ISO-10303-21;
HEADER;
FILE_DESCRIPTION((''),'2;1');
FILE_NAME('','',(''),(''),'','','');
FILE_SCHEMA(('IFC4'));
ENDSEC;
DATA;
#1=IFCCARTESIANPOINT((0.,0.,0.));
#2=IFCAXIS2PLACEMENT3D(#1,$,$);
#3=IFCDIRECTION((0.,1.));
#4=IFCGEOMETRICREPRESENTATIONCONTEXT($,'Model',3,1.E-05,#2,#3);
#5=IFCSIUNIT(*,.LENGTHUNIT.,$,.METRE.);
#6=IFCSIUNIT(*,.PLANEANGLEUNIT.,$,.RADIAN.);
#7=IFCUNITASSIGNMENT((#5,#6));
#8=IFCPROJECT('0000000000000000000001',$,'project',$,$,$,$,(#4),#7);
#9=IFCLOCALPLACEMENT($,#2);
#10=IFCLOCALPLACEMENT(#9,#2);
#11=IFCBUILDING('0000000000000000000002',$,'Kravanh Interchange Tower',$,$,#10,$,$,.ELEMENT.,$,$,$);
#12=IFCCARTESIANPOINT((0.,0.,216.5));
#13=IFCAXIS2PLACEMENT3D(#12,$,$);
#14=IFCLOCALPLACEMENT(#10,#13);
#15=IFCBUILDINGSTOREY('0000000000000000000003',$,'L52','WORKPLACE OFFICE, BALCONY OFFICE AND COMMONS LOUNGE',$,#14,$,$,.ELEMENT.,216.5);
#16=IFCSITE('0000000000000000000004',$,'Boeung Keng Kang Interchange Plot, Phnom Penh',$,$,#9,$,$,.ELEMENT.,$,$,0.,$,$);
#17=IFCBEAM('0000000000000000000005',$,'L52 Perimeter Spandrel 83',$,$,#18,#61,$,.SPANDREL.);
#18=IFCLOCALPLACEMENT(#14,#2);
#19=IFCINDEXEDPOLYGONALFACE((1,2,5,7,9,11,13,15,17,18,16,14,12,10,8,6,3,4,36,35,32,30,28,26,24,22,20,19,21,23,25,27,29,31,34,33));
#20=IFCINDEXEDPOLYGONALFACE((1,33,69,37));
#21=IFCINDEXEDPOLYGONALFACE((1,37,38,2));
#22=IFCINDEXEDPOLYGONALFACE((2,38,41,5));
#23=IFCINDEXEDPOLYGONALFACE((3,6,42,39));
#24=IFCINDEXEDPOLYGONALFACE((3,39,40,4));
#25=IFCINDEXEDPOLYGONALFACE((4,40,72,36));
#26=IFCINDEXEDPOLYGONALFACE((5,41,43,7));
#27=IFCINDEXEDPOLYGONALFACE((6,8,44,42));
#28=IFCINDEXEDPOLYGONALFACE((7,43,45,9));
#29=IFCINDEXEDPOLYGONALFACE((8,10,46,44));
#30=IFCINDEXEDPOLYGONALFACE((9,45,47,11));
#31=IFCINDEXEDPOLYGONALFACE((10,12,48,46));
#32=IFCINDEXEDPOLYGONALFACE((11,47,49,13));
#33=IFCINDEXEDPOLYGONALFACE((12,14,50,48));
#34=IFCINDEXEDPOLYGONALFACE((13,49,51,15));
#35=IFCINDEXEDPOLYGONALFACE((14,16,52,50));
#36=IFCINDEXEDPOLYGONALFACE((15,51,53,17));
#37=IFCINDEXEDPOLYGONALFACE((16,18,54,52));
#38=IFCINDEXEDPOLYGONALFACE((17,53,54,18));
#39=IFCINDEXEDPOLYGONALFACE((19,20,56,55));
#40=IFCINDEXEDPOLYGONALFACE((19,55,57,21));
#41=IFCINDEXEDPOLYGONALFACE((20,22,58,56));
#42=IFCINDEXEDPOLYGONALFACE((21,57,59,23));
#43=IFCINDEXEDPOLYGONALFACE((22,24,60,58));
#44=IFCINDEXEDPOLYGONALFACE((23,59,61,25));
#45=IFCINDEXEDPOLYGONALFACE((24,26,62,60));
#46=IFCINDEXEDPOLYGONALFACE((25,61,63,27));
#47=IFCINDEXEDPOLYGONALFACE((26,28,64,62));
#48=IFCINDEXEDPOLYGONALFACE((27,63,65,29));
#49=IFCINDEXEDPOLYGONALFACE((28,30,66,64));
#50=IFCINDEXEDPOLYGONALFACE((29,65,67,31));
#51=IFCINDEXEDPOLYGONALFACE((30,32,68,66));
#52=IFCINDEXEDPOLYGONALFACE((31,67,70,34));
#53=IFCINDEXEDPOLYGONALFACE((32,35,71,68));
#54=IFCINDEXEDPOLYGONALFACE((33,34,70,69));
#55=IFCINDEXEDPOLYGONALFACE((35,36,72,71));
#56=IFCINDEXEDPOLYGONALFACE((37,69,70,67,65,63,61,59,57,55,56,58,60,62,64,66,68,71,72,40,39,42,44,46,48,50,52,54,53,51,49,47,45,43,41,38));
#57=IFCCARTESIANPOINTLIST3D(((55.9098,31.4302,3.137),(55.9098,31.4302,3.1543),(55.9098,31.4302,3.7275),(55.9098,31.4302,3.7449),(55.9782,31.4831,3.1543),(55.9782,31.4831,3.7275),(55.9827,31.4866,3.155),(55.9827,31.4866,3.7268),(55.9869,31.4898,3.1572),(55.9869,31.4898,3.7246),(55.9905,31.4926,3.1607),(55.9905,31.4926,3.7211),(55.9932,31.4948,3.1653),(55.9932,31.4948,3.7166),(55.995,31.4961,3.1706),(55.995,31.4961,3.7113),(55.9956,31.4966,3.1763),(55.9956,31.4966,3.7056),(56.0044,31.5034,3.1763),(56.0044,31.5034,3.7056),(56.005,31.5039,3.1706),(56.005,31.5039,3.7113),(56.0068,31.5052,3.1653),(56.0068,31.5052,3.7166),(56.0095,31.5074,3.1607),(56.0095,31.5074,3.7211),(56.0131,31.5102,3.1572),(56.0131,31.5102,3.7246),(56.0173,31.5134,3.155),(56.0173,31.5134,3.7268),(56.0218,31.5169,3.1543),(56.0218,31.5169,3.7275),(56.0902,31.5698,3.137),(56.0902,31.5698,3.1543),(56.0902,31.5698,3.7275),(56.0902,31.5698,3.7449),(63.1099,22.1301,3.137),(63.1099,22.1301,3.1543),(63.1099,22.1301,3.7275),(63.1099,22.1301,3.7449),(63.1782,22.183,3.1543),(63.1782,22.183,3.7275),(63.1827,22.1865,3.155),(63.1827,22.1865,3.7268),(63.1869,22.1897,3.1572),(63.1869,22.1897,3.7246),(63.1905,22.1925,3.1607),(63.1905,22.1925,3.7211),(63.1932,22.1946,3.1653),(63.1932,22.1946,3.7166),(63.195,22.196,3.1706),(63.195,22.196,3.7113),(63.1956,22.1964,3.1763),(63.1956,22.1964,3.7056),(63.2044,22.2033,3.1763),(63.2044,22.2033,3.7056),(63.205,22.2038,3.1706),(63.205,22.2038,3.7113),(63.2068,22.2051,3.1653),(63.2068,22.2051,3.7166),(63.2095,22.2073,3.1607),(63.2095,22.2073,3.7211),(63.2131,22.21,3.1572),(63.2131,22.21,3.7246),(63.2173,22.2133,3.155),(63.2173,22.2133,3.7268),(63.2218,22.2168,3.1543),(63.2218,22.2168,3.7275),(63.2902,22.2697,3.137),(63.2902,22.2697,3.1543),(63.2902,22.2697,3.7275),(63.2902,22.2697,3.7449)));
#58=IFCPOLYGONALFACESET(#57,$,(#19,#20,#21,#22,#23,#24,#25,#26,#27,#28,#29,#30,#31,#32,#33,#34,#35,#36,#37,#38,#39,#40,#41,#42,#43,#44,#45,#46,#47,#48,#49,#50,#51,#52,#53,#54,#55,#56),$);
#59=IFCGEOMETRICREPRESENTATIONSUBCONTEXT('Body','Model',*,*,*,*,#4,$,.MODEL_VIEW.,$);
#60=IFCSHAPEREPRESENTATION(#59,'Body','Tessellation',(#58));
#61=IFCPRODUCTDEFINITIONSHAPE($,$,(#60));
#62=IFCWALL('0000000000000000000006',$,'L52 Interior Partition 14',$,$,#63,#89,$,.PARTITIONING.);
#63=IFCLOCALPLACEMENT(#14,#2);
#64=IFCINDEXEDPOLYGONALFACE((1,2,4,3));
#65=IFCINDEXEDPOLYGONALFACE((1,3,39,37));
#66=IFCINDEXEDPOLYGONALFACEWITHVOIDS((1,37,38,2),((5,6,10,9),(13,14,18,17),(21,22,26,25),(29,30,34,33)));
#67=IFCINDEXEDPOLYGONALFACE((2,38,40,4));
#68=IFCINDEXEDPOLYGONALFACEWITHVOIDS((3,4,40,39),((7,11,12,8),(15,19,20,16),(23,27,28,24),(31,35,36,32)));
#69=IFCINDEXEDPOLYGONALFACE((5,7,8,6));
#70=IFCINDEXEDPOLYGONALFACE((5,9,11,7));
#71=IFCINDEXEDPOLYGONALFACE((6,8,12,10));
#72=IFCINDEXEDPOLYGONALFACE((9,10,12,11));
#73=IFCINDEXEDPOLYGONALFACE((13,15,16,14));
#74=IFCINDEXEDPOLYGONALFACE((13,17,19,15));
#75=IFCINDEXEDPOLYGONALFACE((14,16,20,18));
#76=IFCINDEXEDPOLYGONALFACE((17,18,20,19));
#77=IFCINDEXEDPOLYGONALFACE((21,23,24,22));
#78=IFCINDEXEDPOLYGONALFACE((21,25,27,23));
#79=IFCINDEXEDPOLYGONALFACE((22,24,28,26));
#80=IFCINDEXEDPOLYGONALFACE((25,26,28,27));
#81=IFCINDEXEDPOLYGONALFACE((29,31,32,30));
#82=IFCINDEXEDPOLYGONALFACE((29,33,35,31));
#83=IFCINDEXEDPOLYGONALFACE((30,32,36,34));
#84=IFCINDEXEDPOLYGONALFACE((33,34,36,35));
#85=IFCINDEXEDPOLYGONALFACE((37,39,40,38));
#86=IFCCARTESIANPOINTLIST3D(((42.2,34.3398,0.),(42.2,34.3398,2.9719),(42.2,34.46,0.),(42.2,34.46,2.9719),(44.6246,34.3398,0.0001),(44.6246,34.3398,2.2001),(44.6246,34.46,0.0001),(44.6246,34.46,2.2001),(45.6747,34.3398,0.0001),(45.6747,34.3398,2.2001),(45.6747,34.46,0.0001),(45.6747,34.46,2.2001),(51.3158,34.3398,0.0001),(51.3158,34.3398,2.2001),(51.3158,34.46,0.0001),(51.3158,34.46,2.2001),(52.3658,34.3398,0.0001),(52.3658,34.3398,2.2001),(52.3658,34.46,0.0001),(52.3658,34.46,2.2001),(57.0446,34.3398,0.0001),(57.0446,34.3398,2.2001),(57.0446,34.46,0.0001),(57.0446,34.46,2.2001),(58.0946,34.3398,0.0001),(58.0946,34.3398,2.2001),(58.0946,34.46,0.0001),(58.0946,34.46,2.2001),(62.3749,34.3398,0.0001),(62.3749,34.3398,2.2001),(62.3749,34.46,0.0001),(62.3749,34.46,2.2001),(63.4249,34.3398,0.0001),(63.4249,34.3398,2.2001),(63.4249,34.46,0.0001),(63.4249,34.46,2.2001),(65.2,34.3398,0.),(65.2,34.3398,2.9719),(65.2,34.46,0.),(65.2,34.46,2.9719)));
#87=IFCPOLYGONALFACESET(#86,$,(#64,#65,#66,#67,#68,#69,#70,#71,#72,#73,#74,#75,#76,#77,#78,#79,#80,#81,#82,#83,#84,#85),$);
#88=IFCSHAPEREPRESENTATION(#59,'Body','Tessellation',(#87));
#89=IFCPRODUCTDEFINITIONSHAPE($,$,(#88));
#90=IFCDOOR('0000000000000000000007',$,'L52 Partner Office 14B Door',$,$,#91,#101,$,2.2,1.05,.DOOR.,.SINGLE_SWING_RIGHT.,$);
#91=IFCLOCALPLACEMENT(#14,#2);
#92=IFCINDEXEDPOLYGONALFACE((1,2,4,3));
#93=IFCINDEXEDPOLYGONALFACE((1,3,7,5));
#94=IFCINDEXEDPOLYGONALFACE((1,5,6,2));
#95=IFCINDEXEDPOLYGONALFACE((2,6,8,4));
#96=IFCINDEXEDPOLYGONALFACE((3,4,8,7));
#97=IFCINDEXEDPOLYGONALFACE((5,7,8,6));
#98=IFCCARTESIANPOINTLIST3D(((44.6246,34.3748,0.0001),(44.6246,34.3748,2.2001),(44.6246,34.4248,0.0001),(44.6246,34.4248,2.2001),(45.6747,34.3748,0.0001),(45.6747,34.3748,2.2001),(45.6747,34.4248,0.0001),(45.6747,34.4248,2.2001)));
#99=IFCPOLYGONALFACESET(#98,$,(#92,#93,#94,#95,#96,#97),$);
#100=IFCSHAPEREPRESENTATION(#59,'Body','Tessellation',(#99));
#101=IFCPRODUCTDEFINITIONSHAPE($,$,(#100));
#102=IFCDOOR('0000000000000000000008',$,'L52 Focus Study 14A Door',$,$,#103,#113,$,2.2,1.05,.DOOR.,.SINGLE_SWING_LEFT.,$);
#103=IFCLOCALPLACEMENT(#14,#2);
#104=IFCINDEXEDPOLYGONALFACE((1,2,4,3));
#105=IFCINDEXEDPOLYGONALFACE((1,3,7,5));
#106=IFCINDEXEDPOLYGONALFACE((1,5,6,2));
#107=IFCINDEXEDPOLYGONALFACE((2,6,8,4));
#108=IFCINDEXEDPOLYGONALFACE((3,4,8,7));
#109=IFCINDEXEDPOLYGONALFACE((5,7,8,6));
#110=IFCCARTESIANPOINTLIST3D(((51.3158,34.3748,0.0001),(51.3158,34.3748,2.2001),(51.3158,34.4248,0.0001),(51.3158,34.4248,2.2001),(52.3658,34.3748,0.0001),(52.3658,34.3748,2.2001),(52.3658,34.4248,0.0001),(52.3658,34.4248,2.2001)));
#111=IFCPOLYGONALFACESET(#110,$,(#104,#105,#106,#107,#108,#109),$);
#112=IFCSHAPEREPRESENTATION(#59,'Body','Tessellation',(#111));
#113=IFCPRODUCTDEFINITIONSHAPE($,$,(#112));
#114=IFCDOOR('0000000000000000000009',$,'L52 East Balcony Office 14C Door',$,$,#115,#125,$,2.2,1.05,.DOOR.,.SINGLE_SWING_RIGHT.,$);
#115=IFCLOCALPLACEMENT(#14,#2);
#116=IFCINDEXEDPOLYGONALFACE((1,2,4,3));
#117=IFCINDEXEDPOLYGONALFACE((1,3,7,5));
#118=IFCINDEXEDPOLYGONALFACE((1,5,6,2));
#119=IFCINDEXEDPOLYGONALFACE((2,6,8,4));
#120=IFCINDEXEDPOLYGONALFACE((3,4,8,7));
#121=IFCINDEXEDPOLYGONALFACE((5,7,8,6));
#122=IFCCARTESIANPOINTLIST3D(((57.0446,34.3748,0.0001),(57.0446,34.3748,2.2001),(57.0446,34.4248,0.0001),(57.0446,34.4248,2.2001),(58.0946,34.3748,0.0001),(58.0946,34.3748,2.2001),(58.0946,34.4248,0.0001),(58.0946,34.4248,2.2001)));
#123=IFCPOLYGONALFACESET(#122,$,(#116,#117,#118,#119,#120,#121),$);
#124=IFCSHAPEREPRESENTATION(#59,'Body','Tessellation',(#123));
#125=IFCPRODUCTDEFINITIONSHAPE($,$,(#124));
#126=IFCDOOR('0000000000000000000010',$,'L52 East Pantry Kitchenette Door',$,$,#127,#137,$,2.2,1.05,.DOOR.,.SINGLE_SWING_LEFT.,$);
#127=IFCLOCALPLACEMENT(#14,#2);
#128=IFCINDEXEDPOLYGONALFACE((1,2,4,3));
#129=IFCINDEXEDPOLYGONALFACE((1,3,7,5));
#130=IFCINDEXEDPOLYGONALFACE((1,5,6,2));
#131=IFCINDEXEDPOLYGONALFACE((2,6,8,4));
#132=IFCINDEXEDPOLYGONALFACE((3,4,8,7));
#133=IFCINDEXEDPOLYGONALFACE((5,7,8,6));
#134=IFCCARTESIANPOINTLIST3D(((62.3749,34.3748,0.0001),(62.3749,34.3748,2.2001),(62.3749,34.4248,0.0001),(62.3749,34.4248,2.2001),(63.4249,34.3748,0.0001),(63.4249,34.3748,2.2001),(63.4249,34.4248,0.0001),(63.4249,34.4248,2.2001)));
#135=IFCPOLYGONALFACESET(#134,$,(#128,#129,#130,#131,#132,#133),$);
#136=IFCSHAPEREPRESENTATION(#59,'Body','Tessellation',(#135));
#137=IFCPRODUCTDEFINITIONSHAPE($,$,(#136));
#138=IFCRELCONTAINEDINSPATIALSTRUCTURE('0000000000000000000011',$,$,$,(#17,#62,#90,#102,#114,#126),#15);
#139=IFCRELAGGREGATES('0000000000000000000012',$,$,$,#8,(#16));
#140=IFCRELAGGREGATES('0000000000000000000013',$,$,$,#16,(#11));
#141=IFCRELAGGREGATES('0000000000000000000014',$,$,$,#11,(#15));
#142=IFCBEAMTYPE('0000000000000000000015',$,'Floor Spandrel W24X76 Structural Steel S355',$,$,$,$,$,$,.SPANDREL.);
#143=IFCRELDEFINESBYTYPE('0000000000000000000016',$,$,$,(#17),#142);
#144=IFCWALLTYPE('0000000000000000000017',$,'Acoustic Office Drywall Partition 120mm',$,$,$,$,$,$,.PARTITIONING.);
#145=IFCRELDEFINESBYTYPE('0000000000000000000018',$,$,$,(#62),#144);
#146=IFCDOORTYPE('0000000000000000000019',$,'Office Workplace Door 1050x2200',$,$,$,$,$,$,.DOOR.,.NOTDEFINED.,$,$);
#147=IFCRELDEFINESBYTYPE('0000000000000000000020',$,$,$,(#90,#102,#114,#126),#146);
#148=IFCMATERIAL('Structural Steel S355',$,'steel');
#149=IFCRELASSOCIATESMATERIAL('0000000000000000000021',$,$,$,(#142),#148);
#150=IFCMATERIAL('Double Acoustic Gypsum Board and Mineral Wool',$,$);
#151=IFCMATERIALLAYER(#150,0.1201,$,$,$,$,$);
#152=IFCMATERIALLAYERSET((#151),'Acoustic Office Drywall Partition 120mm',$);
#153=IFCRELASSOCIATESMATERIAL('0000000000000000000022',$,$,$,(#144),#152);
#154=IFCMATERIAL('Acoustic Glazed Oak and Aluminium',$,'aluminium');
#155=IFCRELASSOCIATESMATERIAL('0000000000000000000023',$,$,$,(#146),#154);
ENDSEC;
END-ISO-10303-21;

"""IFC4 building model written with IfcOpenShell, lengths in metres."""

from ifc_helpers import new_model, si_unit, direction, frame, frame_2d, origin, origin_2d, place, context, subcontext, project, spatial, rectangle, i_section, extrude, material, layer, layer_set, material_profile, profile_set, type_object, element, fill, save


model = new_model("IFC4")

# Units and contexts
model_context = context("Model", 3, precision=1e-05, world=origin(), true_north=direction((0.0, 1.0)))
body_context = subcontext(model_context, "Body", "Model", "MODEL_VIEW")
ifc_project = project(units=[si_unit("LENGTHUNIT", "METRE"), si_unit("PLANEANGLEUNIT", "RADIAN")], contexts=[model_context])

# Site, building, storey
site_placement = place(None, origin())
site = spatial("IfcSite", under=ifc_project, at=site_placement, Name="Boeung Keng Kang Interchange Plot, Phnom Penh", CompositionType="ELEMENT", RefElevation=0.0)
building_placement = place(site_placement, origin())
building = spatial("IfcBuilding", under=site, at=building_placement, Name="Kravanh Interchange Tower", CompositionType="ELEMENT")
storey_placement = place(building_placement, frame((0.0, 0.0, 216.5)))
storey = spatial("IfcBuildingStorey", under=building, at=storey_placement, Name="L52", Description="WORKPLACE OFFICE, BALCONY OFFICE AND COMMONS LOUNGE", CompositionType="ELEMENT", Elevation=216.5)

# Beam
ifc_material_1 = material(Name="Structural Steel S355", Category="steel")
ifc_material_profile_1 = material_profile(ifc_material_1, i_section(OverallWidth=0.228, OverallDepth=0.6079, WebThickness=0.0112, FlangeThickness=0.0173, FilletRadius=0.022, at=origin_2d()), Name="W24X76")
ifc_profile_set_1 = profile_set([ifc_material_profile_1], Name="Structural Steel S355")
beam_type_1 = type_object("IfcBeamType", Name="Floor Spandrel W24X76 Structural Steel S355", PredefinedType="SPANDREL", material=ifc_profile_set_1)
beam_1_placement = place(storey_placement, frame((56.0, 31.5, 3.4409), z_axis=(0.612169, -0.790727, 0.0), x_axis=(0.790727, 0.612169, 0.0)))
element("IfcBeam", 1, at=beam_1_placement, inside=storey, type_object=beam_type_1, Name="L52 Perimeter Spandrel 83", PredefinedType="SPANDREL", context=body_context, shape_type="SweptSolid", body=[
    extrude(i_section(OverallWidth=0.228, OverallDepth=0.6079, WebThickness=0.0112, FlangeThickness=0.0173, FilletRadius=0.022, at=origin_2d()), origin(), (0.0, 0.0, 1.0), 11.7615),
])

# Wall, openings, doors
ifc_material_2 = material(Name="Double Acoustic Gypsum Board and Mineral Wool")
ifc_layer = layer(ifc_material_2, 0.1201)
ifc_layer_set = layer_set([ifc_layer], Name="Acoustic Office Drywall Partition 120mm")
wall_type = type_object("IfcWallType", Name="Acoustic Office Drywall Partition 120mm", PredefinedType="PARTITIONING", material=ifc_layer_set)
wall_placement = place(storey_placement, frame((42.2, 34.3999, 0.0), z_axis=(0.0, 0.0, 1.0), x_axis=(1.0, 0.0, 0.0)))
wall = element("IfcWall", 2, at=wall_placement, inside=storey, type_object=wall_type, Name="L52 Interior Partition 14", PredefinedType="PARTITIONING", context=body_context, shape_type="SweptSolid", body=[
    extrude(rectangle(XDim=23.0, YDim=0.1201, at=frame_2d((11.5, 0.0))), origin(), (0.0, 0.0, 1.0), 2.9719),
])
opening_1_placement = place(wall_placement, frame((2.4248, 0.0, 0.0)))
opening_1 = element("IfcOpeningElement", 3, at=opening_1_placement, cuts=wall, PredefinedType="OPENING", context=body_context, shape_type="SweptSolid", body=[
    extrude(rectangle(XDim=1.05, YDim=2.2, at=frame_2d((0.5249, 1.1001))), frame((0.0, 0.0701, 0.0), z_axis=(0.0, -1.0, 0.0), x_axis=(1.0, 0.0, 0.0)), (0.0, 0.0, 1.0), 0.1401),
])
opening_2_placement = place(wall_placement, frame((9.116, 0.0, 0.0)))
opening_2 = element("IfcOpeningElement", 4, at=opening_2_placement, cuts=wall, PredefinedType="OPENING", context=body_context, shape_type="SweptSolid", body=[
    extrude(rectangle(XDim=1.05, YDim=2.2, at=frame_2d((0.5249, 1.1001))), frame((0.0, 0.0701, 0.0), z_axis=(0.0, -1.0, 0.0), x_axis=(1.0, 0.0, 0.0)), (0.0, 0.0, 1.0), 0.1401),
])
opening_3_placement = place(wall_placement, frame((14.8447, 0.0, 0.0)))
opening_3 = element("IfcOpeningElement", 5, at=opening_3_placement, cuts=wall, PredefinedType="OPENING", context=body_context, shape_type="SweptSolid", body=[
    extrude(rectangle(XDim=1.05, YDim=2.2, at=frame_2d((0.5249, 1.1001))), frame((0.0, 0.0701, 0.0), z_axis=(0.0, -1.0, 0.0), x_axis=(1.0, 0.0, 0.0)), (0.0, 0.0, 1.0), 0.1401),
])
opening_4_placement = place(wall_placement, frame((20.175, 0.0, 0.0)))
opening_4 = element("IfcOpeningElement", 6, at=opening_4_placement, cuts=wall, PredefinedType="OPENING", context=body_context, shape_type="SweptSolid", body=[
    extrude(rectangle(XDim=1.05, YDim=2.2, at=frame_2d((0.5249, 1.1001))), frame((0.0, 0.0701, 0.0), z_axis=(0.0, -1.0, 0.0), x_axis=(1.0, 0.0, 0.0)), (0.0, 0.0, 1.0), 0.1401),
])
ifc_material_3 = material(Name="Acoustic Glazed Oak and Aluminium", Category="aluminium")
door_type = type_object("IfcDoorType", Name="Office Workplace Door 1050x2200", OperationType="NOTDEFINED", PredefinedType="DOOR", material=ifc_material_3)
door_1_placement = place(opening_1_placement, origin())
door_1 = element("IfcDoor", 7, at=door_1_placement, inside=storey, type_object=door_type, Name="L52 Partner Office 14B Door", OperationType="SINGLE_SWING_RIGHT", OverallHeight=2.2, OverallWidth=1.05, PredefinedType="DOOR", context=body_context, shape_type="SweptSolid", body=[
    extrude(rectangle(XDim=1.05, YDim=2.2, at=frame_2d((0.5249, 1.1001))), frame((0.0, 0.0249, 0.0), z_axis=(0.0, -1.0, 0.0), x_axis=(1.0, 0.0, 0.0)), (0.0, 0.0, 1.0), 0.05),
])
fill(opening_1, door_1)
door_2_placement = place(opening_2_placement, origin())
door_2 = element("IfcDoor", 8, at=door_2_placement, inside=storey, type_object=door_type, Name="L52 Focus Study 14A Door", OperationType="SINGLE_SWING_LEFT", OverallHeight=2.2, OverallWidth=1.05, PredefinedType="DOOR", context=body_context, shape_type="SweptSolid", body=[
    extrude(rectangle(XDim=1.05, YDim=2.2, at=frame_2d((0.5249, 1.1001))), frame((0.0, 0.0249, 0.0), z_axis=(0.0, -1.0, 0.0), x_axis=(1.0, 0.0, 0.0)), (0.0, 0.0, 1.0), 0.05),
])
fill(opening_2, door_2)
door_3_placement = place(opening_3_placement, origin())
door_3 = element("IfcDoor", 9, at=door_3_placement, inside=storey, type_object=door_type, Name="L52 East Balcony Office 14C Door", OperationType="SINGLE_SWING_RIGHT", OverallHeight=2.2, OverallWidth=1.05, PredefinedType="DOOR", context=body_context, shape_type="SweptSolid", body=[
    extrude(rectangle(XDim=1.05, YDim=2.2, at=frame_2d((0.5249, 1.1001))), frame((0.0, 0.0249, 0.0), z_axis=(0.0, -1.0, 0.0), x_axis=(1.0, 0.0, 0.0)), (0.0, 0.0, 1.0), 0.05),
])
fill(opening_3, door_3)
door_4_placement = place(opening_4_placement, origin())
door_4 = element("IfcDoor", 10, at=door_4_placement, inside=storey, type_object=door_type, Name="L52 East Pantry Kitchenette Door", OperationType="SINGLE_SWING_LEFT", OverallHeight=2.2, OverallWidth=1.05, PredefinedType="DOOR", context=body_context, shape_type="SweptSolid", body=[
    extrude(rectangle(XDim=1.05, YDim=2.2, at=frame_2d((0.5249, 1.1001))), frame((0.0, 0.0249, 0.0), z_axis=(0.0, -1.0, 0.0), x_axis=(1.0, 0.0, 0.0)), (0.0, 0.0, 1.0), 0.05),
])
fill(opening_4, door_4)

save(model, "model.ifc")
